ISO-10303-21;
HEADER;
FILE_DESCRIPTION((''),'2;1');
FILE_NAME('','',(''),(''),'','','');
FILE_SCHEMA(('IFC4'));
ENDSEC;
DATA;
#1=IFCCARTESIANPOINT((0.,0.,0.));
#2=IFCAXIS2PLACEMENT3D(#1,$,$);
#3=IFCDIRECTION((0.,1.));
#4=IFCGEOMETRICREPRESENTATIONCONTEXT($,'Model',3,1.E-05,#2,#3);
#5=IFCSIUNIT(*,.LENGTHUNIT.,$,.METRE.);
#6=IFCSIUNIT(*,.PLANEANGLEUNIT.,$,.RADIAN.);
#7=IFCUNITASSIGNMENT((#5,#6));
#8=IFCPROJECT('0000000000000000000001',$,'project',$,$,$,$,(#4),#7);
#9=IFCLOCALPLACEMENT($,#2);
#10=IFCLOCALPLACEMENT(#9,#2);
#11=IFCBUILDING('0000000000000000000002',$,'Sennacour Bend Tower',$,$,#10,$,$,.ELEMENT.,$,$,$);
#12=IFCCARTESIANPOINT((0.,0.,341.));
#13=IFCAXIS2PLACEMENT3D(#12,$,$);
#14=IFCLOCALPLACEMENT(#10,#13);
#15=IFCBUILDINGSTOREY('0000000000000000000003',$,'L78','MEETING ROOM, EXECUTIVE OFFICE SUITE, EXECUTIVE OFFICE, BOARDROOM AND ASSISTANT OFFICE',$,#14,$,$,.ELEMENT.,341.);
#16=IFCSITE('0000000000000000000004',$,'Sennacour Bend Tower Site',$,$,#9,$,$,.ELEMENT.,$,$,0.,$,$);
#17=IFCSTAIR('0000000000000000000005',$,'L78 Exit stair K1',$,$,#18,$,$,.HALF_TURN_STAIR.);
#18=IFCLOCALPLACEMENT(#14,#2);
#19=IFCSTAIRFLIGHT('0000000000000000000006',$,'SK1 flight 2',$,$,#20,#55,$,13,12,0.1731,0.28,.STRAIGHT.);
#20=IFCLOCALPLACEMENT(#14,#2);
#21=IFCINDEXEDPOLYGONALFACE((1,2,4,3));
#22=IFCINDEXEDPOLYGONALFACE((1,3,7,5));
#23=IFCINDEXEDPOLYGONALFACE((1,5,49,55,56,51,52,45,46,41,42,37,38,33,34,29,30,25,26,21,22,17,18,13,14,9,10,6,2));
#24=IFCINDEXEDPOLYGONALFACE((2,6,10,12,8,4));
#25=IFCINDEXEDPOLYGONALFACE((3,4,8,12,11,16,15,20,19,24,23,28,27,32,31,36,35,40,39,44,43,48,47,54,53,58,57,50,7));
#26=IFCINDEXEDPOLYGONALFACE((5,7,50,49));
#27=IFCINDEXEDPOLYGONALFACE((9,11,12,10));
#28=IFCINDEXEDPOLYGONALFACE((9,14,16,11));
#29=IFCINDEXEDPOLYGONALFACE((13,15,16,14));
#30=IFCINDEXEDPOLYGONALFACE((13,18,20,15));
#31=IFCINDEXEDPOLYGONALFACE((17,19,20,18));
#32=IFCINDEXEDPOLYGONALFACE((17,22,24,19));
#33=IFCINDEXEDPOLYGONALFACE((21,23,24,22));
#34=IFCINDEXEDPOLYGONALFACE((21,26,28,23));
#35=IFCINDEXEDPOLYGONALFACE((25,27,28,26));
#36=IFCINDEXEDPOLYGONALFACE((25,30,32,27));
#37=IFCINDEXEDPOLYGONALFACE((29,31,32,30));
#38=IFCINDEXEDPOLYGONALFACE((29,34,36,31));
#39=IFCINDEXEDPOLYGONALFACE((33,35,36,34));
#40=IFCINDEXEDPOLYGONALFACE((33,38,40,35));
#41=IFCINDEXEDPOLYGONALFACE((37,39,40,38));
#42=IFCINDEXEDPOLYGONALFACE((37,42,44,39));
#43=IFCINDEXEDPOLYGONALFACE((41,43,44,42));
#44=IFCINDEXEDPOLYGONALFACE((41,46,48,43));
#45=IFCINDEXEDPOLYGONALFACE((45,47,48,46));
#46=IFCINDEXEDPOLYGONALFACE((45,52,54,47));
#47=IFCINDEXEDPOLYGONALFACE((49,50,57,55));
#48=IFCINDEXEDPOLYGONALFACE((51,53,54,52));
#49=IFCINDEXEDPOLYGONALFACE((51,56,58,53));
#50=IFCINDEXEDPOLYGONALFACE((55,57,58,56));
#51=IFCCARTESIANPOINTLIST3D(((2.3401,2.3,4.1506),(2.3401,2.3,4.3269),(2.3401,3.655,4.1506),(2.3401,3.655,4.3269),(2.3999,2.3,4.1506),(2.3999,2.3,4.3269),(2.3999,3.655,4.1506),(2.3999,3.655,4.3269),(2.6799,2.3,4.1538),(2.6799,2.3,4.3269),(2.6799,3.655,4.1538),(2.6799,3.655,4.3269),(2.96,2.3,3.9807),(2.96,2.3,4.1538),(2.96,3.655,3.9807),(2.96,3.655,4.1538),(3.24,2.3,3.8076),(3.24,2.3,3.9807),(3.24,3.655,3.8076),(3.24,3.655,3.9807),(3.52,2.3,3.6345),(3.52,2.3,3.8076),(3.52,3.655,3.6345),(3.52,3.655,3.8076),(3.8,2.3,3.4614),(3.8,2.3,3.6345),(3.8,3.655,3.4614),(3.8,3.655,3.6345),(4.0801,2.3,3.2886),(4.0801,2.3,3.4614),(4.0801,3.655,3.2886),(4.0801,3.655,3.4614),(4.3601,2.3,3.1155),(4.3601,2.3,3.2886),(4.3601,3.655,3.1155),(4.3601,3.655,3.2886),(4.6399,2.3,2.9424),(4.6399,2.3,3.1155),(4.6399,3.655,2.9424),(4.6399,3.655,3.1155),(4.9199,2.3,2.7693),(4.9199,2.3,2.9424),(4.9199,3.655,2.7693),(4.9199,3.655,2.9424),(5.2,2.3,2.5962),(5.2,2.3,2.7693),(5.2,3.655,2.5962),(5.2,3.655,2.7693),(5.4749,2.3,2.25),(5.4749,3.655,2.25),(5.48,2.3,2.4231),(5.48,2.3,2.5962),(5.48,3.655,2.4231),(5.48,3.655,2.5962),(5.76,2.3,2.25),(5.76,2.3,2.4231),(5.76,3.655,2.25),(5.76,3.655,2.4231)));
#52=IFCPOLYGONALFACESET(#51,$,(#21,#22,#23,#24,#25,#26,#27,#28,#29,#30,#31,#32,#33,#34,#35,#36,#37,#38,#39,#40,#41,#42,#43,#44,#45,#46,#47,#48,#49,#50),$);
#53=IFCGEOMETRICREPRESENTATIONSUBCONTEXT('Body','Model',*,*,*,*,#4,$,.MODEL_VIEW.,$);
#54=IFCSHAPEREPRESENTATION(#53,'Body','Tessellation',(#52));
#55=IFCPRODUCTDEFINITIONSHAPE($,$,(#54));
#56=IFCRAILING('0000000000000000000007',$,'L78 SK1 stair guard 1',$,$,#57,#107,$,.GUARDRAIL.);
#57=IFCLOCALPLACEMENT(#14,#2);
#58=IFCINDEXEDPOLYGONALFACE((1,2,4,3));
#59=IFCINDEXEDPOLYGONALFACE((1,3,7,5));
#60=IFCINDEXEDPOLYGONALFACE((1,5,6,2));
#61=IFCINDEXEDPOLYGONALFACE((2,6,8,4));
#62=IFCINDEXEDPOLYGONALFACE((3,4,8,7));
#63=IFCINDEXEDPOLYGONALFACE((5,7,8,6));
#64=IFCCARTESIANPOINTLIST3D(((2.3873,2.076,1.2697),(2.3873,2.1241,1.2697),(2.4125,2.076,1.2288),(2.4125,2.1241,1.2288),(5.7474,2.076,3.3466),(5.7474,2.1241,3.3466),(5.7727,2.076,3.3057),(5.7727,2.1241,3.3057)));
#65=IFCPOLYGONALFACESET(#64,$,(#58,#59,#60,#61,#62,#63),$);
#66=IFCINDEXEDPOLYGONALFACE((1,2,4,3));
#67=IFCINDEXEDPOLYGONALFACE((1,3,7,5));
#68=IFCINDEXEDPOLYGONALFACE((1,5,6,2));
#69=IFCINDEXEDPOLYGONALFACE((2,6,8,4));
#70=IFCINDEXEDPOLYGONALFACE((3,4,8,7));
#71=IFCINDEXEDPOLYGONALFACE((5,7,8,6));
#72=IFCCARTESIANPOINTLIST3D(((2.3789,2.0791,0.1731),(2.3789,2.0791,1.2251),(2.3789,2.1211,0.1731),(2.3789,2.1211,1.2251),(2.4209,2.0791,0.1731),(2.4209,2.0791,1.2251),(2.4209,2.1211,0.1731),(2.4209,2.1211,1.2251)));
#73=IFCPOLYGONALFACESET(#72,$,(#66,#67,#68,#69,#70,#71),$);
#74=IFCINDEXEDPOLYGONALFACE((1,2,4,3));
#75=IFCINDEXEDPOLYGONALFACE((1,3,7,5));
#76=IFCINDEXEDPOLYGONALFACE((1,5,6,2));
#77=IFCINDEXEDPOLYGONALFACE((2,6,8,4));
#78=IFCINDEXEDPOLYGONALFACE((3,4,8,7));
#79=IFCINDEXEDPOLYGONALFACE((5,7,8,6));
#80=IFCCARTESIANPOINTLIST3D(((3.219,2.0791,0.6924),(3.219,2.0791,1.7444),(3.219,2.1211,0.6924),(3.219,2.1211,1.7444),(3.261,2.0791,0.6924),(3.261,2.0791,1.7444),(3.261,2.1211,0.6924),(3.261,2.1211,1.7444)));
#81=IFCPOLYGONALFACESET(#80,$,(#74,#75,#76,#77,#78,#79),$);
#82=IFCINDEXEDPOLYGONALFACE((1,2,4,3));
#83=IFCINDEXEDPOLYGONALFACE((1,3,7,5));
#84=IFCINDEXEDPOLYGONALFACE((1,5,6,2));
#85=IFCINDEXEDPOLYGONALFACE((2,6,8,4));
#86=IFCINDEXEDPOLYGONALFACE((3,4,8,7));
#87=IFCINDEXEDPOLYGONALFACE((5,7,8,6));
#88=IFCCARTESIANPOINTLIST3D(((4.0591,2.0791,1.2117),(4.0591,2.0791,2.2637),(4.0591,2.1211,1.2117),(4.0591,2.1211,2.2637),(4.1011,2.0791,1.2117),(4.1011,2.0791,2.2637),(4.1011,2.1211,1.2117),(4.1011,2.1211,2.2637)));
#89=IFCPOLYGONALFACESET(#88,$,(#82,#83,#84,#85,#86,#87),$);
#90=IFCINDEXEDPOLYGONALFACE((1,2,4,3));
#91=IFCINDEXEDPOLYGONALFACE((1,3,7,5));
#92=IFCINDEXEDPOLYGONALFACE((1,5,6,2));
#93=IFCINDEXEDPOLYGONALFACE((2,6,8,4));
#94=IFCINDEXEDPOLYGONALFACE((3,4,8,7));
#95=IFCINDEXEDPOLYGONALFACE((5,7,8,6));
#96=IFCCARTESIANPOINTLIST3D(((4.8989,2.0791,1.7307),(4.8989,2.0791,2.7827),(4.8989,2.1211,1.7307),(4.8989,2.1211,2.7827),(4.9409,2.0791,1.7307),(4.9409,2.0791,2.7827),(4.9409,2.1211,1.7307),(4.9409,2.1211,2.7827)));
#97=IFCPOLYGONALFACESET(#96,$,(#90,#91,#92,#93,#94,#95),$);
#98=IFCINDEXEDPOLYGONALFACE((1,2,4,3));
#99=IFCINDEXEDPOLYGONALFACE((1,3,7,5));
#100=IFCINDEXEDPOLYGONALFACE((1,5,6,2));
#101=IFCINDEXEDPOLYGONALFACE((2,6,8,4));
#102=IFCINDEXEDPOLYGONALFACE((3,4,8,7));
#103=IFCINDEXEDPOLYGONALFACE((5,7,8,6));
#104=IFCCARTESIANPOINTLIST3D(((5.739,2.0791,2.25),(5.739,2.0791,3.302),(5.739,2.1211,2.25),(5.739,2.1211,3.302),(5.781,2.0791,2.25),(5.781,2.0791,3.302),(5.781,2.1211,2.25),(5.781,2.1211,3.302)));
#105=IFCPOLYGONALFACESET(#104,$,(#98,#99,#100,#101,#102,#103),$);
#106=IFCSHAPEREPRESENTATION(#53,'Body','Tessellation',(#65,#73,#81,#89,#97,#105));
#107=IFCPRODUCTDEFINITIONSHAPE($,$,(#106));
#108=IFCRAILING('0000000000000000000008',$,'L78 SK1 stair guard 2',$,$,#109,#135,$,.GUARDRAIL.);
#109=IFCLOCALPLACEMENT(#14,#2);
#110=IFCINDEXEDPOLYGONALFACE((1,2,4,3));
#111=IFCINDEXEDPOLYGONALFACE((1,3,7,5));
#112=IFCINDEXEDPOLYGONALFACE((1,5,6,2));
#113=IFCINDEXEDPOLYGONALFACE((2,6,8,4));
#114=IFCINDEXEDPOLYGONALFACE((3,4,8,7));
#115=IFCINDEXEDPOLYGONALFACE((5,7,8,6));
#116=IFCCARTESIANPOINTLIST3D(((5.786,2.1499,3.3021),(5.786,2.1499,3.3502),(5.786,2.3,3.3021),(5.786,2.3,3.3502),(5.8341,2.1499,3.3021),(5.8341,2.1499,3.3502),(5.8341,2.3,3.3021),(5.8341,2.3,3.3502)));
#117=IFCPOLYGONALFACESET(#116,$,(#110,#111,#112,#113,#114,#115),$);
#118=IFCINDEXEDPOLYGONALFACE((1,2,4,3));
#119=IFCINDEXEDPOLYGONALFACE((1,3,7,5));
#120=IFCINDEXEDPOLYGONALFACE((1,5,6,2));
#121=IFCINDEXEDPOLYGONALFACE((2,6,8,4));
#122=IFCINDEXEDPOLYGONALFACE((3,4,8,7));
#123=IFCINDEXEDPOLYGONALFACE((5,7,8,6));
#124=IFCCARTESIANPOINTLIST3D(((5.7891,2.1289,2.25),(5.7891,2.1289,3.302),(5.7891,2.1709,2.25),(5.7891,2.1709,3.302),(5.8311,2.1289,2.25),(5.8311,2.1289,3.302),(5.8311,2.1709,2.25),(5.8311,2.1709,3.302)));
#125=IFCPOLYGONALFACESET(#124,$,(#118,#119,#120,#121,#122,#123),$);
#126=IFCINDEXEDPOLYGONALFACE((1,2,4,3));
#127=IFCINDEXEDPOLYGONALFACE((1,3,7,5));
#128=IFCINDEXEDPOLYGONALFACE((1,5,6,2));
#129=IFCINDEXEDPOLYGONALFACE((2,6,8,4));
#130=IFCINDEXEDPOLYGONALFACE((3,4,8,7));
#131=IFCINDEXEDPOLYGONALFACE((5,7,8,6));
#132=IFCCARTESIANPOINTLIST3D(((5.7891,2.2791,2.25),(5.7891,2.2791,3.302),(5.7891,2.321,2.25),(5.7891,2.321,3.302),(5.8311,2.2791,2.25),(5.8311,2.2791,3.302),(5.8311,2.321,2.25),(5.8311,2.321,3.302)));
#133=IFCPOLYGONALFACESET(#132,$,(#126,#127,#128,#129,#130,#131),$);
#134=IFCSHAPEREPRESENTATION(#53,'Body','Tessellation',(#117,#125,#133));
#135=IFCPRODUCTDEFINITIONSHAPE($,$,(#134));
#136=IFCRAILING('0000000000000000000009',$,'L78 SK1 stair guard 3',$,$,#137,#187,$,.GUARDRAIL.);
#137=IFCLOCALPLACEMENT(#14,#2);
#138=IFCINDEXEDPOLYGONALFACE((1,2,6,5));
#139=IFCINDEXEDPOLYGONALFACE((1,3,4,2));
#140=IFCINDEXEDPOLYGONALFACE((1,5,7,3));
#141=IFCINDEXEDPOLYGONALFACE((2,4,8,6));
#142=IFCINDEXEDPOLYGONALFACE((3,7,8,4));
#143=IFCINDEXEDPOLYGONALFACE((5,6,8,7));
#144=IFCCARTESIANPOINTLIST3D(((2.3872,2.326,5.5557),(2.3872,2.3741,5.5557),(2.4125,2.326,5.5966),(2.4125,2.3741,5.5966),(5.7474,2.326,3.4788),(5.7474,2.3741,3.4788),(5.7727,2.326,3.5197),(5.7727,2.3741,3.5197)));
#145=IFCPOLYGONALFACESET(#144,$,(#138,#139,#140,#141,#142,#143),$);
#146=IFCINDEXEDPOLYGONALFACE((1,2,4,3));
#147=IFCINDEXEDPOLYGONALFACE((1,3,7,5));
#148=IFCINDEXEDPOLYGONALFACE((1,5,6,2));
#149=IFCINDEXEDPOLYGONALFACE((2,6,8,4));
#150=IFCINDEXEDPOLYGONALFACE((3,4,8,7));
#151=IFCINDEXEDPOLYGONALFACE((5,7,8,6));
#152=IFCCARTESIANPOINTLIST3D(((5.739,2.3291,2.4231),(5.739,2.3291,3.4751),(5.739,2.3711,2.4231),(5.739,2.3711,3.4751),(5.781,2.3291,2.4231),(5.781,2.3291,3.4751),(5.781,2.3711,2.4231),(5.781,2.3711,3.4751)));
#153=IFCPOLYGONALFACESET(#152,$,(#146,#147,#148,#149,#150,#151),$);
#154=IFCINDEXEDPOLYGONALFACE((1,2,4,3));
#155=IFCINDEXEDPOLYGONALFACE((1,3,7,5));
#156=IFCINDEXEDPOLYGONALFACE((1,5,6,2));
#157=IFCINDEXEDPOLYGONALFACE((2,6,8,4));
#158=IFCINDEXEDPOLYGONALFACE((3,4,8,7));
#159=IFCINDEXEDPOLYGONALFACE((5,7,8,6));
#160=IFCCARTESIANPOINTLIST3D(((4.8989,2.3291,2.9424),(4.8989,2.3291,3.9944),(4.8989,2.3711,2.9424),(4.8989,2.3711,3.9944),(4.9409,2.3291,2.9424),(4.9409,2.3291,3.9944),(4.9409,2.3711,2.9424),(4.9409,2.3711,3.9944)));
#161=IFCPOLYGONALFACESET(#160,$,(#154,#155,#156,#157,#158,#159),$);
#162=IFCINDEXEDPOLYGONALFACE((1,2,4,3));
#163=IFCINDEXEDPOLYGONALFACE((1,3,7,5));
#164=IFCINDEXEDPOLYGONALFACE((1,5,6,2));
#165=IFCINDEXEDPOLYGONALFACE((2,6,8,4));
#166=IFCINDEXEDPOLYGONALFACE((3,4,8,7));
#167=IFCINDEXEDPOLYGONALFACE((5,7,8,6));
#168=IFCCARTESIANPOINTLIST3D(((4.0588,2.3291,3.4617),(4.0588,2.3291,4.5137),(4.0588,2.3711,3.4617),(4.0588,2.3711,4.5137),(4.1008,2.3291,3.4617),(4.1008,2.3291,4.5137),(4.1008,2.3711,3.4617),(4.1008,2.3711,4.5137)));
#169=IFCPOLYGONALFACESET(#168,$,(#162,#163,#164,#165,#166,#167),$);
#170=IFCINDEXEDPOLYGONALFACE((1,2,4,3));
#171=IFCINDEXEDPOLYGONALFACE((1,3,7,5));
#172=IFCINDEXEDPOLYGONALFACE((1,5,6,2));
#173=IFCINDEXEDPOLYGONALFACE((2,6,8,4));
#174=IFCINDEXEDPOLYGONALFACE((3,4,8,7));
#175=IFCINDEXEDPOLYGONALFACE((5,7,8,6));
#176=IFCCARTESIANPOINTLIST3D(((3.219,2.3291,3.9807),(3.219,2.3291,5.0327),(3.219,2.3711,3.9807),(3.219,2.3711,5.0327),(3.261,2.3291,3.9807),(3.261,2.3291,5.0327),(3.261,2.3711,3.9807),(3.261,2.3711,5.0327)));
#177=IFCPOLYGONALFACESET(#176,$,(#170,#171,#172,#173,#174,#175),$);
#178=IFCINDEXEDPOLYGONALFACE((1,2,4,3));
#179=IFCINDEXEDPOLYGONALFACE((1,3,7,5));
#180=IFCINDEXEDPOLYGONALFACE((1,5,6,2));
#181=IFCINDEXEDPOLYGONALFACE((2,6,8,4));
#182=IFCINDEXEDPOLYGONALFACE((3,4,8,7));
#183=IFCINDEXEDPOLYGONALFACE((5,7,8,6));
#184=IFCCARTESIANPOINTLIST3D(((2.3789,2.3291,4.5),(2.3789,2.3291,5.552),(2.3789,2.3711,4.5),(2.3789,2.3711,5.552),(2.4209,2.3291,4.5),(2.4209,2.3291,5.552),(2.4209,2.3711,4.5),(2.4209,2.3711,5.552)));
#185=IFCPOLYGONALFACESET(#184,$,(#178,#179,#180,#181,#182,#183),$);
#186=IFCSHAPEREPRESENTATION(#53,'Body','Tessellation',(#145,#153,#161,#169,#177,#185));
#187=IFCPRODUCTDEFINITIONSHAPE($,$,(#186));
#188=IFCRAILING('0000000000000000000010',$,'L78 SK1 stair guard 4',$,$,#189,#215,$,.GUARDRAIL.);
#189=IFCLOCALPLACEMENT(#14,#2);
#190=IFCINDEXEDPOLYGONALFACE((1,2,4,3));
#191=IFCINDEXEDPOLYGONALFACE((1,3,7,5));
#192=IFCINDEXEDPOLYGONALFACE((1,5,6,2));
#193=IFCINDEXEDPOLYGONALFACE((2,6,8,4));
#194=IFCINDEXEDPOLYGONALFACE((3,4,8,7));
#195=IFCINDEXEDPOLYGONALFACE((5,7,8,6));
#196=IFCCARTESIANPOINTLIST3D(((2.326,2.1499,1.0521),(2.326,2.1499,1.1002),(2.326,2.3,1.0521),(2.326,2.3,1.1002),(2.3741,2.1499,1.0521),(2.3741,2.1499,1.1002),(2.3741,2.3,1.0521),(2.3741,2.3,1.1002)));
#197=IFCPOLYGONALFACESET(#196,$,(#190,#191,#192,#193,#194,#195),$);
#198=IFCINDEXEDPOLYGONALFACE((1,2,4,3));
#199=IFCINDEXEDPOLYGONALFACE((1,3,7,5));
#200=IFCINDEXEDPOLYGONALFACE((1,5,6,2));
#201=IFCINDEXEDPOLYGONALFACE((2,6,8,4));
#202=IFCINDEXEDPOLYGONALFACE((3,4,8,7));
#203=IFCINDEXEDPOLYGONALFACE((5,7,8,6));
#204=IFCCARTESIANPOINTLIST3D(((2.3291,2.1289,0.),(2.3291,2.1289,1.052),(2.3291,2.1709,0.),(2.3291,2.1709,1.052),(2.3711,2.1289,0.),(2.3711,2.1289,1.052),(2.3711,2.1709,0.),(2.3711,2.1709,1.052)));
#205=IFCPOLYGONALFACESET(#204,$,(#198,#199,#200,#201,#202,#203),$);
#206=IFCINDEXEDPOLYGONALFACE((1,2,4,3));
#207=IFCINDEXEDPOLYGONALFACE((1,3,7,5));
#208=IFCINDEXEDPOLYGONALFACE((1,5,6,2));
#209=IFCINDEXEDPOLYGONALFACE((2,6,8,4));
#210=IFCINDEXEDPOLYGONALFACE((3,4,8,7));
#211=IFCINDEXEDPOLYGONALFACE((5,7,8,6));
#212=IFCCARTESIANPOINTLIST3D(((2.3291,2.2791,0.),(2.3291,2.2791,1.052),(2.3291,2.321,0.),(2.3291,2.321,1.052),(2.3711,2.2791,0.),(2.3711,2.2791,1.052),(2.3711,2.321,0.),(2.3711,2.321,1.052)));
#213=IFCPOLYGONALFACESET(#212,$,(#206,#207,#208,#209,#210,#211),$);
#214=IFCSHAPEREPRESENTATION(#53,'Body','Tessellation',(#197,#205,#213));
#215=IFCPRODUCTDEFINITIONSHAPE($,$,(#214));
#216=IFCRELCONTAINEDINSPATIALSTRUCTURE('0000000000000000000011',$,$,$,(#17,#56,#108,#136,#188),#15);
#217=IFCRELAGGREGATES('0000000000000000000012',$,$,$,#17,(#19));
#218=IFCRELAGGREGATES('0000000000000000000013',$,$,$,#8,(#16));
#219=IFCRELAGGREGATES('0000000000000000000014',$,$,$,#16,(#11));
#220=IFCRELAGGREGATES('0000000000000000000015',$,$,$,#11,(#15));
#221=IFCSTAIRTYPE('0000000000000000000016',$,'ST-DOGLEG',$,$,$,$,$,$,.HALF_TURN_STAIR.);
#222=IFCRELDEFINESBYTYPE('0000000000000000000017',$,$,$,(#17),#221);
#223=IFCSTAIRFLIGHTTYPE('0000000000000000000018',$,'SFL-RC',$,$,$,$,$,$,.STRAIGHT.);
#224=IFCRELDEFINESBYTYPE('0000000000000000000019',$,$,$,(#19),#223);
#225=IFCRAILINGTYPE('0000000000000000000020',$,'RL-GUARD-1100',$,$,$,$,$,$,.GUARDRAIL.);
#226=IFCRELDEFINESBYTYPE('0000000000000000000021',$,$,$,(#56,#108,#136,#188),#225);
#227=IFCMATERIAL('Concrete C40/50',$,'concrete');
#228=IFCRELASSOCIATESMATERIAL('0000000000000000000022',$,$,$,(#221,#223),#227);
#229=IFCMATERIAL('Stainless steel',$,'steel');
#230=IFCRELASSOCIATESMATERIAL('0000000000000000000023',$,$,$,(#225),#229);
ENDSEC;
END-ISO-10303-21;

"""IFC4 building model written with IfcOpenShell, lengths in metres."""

from ifc_helpers import new_model, si_unit, direction, frame, origin, origin_2d, place, context, subcontext, project, spatial, polyline, rectangle, outline, extrude, material, type_object, element, aggregate, save


model = new_model("IFC4")

# Units and contexts
model_context = context("Model", 3, precision=1e-05, world=origin(), true_north=direction((0.0, 1.0)))
body_context = subcontext(model_context, "Body", "Model", "MODEL_VIEW")
ifc_project = project(units=[si_unit("LENGTHUNIT", "METRE"), si_unit("PLANEANGLEUNIT", "RADIAN")], contexts=[model_context])

# Site, building, storey
site_placement = place(None, origin())
site = spatial("IfcSite", under=ifc_project, at=site_placement, Name="Sennacour Bend Tower Site", CompositionType="ELEMENT", RefElevation=0.0)
building_placement = place(site_placement, origin())
building = spatial("IfcBuilding", under=site, at=building_placement, Name="Sennacour Bend Tower", CompositionType="ELEMENT")
storey_placement = place(building_placement, frame((0.0, 0.0, 341.0)))
storey = spatial("IfcBuildingStorey", under=building, at=storey_placement, Name="L78", Description="MEETING ROOM, EXECUTIVE OFFICE SUITE, EXECUTIVE OFFICE, BOARDROOM AND ASSISTANT OFFICE", CompositionType="ELEMENT", Elevation=341.0)

# Stair, stair flight
ifc_material_1 = material(Name="Concrete C40/50", Category="concrete")
stair_type = type_object("IfcStairType", Name="ST-DOGLEG", PredefinedType="HALF_TURN_STAIR", material=ifc_material_1)
stair_placement = place(storey_placement, origin())
stair = element("IfcStair", 1, at=stair_placement, inside=storey, type_object=stair_type, Name="L78 Exit stair K1", PredefinedType="HALF_TURN_STAIR")
stair_flight_type = type_object("IfcStairFlightType", Name="SFL-RC", PredefinedType="STRAIGHT", material=ifc_material_1)
stair_flight_1_placement = place(storey_placement, frame((5.76, 2.9775, 2.25), z_axis=(0.0, 0.0, 1.0), x_axis=(-1.0, 0.0, 0.0)))
stair_flight_1 = element("IfcStairFlight", 2, at=stair_flight_1_placement, type_object=stair_flight_type, Name="SK1 flight 2", NumberOfRisers=13, NumberOfTreads=12, PredefinedType="STRAIGHT", RiserHeight=0.1731, TreadLength=0.28, context=body_context, shape_type="SweptSolid", body=[
    extrude(outline(polyline([(0.0, 0.0), (0.0, 0.1731), (0.28, 0.1731), (0.28, 0.3462), (0.5601, 0.3462), (0.5601, 0.5193), (0.8401, 0.5193), (0.8401, 0.6924), (1.1201, 0.6924), (1.1201, 0.8655), (1.3999, 0.8655), (1.3999, 1.0386), (1.6799, 1.0386), (1.6799, 1.2114), (1.96, 1.2114), (1.96, 1.3845), (2.24, 1.3845), (2.24, 1.5576), (2.52, 1.5576), (2.52, 1.7307), (2.8, 1.7307), (2.8, 1.9038), (3.0801, 1.9038), (3.0801, 2.0769), (3.3601, 2.0769), (3.4199, 2.0769), (3.4199, 1.9006), (3.3601, 1.9006), (0.2852, 0.0), (0.0, 0.0)])), frame((0.0, 0.6775, 0.0), z_axis=(0.0, -1.0, 0.0), x_axis=(1.0, 0.0, 0.0)), (0.0, 0.0, 1.0), 1.355),
])
aggregate(stair, [stair_flight_1])

# Railings
ifc_material_2 = material(Name="Stainless steel", Category="steel")
railing_type_1 = type_object("IfcRailingType", Name="RL-GUARD-1100", PredefinedType="GUARDRAIL", material=ifc_material_2)
railing_1_placement = place(storey_placement, frame((2.3999, 2.1001, 0.1731)))
element("IfcRailing", 3, at=railing_1_placement, inside=storey, type_object=railing_type_1, Name="L78 SK1 stair guard 1", PredefinedType="GUARDRAIL", context=body_context, shape_type="SweptSolid", body=[
    extrude(rectangle(XDim=0.0481, YDim=0.0481, at=origin_2d()), frame((0.0, 0.0, 1.0762), z_axis=(0.850623, 0.0, 0.525776), x_axis=(0.0, 1.0, 0.0)), (0.0, 0.0, 1.0), 3.9502),
    extrude(rectangle(XDim=0.042, YDim=0.042, at=origin_2d()), origin(), (0.0, 0.0, 1.0), 1.052),
    extrude(rectangle(XDim=0.042, YDim=0.042, at=origin_2d()), frame((0.8401, 0.0, 0.5193)), (0.0, 0.0, 1.0), 1.052),
    extrude(rectangle(XDim=0.042, YDim=0.042, at=origin_2d()), frame((1.6802, 0.0, 1.0386)), (0.0, 0.0, 1.0), 1.052),
    extrude(rectangle(XDim=0.042, YDim=0.042, at=origin_2d()), frame((2.52, 0.0, 1.5576)), (0.0, 0.0, 1.0), 1.052),
    extrude(rectangle(XDim=0.042, YDim=0.042, at=origin_2d()), frame((3.3601, 0.0, 2.0769)), (0.0, 0.0, 1.0), 1.052),
])
railing_2_placement = place(storey_placement, frame((5.8101, 2.1499, 2.25)))
element("IfcRailing", 4, at=railing_2_placement, inside=storey, type_object=railing_type_1, Name="L78 SK1 stair guard 2", PredefinedType="GUARDRAIL", context=body_context, shape_type="SweptSolid", body=[
    extrude(rectangle(XDim=0.0481, YDim=0.0481, at=origin_2d()), frame((0.0, 0.0, 1.0762), z_axis=(0.0, 1.0, 0.0), x_axis=(-1.0, 0.0, 0.0)), (0.0, 0.0, 1.0), 0.1501),
    extrude(rectangle(XDim=0.042, YDim=0.042, at=origin_2d()), origin(), (0.0, 0.0, 1.0), 1.052),
    extrude(rectangle(XDim=0.042, YDim=0.042, at=origin_2d()), frame((0.0, 0.1501, 0.0)), (0.0, 0.0, 1.0), 1.052),
])
railing_3_placement = place(storey_placement, frame((5.76, 2.3501, 2.4231)))
element("IfcRailing", 5, at=railing_3_placement, inside=storey, type_object=railing_type_1, Name="L78 SK1 stair guard 3", PredefinedType="GUARDRAIL", context=body_context, shape_type="SweptSolid", body=[
    extrude(rectangle(XDim=0.0481, YDim=0.0481, at=origin_2d()), frame((0.0, 0.0, 1.0762), z_axis=(-0.850623, 0.0, 0.525776), x_axis=(0.0, -1.0, 0.0)), (0.0, 0.0, 1.0), 3.9502),
    extrude(rectangle(XDim=0.042, YDim=0.042, at=origin_2d()), origin(), (0.0, 0.0, 1.0), 1.052),
    extrude(rectangle(XDim=0.042, YDim=0.042, at=origin_2d()), frame((-0.8401, 0.0, 0.5193)), (0.0, 0.0, 1.0), 1.052),
    extrude(rectangle(XDim=0.042, YDim=0.042, at=origin_2d()), frame((-1.6802, 0.0, 1.0386)), (0.0, 0.0, 1.0), 1.052),
    extrude(rectangle(XDim=0.042, YDim=0.042, at=origin_2d()), frame((-2.52, 0.0, 1.5576)), (0.0, 0.0, 1.0), 1.052),
    extrude(rectangle(XDim=0.042, YDim=0.042, at=origin_2d()), frame((-3.3601, 0.0, 2.0769)), (0.0, 0.0, 1.0), 1.052),
])
railing_4_placement = place(storey_placement, frame((2.3501, 2.1499, 0.0)))
element("IfcRailing", 6, at=railing_4_placement, inside=storey, type_object=railing_type_1, Name="L78 SK1 stair guard 4", PredefinedType="GUARDRAIL", context=body_context, shape_type="SweptSolid", body=[
    extrude(rectangle(XDim=0.0481, YDim=0.0481, at=origin_2d()), frame((0.0, 0.0, 1.0762), z_axis=(0.0, 1.0, 0.0), x_axis=(-1.0, 0.0, 0.0)), (0.0, 0.0, 1.0), 0.1501),
    extrude(rectangle(XDim=0.042, YDim=0.042, at=origin_2d()), origin(), (0.0, 0.0, 1.0), 1.052),
    extrude(rectangle(XDim=0.042, YDim=0.042, at=origin_2d()), frame((0.0, 0.1501, 0.0)), (0.0, 0.0, 1.0), 1.052),
])

save(model, "model.ifc")
